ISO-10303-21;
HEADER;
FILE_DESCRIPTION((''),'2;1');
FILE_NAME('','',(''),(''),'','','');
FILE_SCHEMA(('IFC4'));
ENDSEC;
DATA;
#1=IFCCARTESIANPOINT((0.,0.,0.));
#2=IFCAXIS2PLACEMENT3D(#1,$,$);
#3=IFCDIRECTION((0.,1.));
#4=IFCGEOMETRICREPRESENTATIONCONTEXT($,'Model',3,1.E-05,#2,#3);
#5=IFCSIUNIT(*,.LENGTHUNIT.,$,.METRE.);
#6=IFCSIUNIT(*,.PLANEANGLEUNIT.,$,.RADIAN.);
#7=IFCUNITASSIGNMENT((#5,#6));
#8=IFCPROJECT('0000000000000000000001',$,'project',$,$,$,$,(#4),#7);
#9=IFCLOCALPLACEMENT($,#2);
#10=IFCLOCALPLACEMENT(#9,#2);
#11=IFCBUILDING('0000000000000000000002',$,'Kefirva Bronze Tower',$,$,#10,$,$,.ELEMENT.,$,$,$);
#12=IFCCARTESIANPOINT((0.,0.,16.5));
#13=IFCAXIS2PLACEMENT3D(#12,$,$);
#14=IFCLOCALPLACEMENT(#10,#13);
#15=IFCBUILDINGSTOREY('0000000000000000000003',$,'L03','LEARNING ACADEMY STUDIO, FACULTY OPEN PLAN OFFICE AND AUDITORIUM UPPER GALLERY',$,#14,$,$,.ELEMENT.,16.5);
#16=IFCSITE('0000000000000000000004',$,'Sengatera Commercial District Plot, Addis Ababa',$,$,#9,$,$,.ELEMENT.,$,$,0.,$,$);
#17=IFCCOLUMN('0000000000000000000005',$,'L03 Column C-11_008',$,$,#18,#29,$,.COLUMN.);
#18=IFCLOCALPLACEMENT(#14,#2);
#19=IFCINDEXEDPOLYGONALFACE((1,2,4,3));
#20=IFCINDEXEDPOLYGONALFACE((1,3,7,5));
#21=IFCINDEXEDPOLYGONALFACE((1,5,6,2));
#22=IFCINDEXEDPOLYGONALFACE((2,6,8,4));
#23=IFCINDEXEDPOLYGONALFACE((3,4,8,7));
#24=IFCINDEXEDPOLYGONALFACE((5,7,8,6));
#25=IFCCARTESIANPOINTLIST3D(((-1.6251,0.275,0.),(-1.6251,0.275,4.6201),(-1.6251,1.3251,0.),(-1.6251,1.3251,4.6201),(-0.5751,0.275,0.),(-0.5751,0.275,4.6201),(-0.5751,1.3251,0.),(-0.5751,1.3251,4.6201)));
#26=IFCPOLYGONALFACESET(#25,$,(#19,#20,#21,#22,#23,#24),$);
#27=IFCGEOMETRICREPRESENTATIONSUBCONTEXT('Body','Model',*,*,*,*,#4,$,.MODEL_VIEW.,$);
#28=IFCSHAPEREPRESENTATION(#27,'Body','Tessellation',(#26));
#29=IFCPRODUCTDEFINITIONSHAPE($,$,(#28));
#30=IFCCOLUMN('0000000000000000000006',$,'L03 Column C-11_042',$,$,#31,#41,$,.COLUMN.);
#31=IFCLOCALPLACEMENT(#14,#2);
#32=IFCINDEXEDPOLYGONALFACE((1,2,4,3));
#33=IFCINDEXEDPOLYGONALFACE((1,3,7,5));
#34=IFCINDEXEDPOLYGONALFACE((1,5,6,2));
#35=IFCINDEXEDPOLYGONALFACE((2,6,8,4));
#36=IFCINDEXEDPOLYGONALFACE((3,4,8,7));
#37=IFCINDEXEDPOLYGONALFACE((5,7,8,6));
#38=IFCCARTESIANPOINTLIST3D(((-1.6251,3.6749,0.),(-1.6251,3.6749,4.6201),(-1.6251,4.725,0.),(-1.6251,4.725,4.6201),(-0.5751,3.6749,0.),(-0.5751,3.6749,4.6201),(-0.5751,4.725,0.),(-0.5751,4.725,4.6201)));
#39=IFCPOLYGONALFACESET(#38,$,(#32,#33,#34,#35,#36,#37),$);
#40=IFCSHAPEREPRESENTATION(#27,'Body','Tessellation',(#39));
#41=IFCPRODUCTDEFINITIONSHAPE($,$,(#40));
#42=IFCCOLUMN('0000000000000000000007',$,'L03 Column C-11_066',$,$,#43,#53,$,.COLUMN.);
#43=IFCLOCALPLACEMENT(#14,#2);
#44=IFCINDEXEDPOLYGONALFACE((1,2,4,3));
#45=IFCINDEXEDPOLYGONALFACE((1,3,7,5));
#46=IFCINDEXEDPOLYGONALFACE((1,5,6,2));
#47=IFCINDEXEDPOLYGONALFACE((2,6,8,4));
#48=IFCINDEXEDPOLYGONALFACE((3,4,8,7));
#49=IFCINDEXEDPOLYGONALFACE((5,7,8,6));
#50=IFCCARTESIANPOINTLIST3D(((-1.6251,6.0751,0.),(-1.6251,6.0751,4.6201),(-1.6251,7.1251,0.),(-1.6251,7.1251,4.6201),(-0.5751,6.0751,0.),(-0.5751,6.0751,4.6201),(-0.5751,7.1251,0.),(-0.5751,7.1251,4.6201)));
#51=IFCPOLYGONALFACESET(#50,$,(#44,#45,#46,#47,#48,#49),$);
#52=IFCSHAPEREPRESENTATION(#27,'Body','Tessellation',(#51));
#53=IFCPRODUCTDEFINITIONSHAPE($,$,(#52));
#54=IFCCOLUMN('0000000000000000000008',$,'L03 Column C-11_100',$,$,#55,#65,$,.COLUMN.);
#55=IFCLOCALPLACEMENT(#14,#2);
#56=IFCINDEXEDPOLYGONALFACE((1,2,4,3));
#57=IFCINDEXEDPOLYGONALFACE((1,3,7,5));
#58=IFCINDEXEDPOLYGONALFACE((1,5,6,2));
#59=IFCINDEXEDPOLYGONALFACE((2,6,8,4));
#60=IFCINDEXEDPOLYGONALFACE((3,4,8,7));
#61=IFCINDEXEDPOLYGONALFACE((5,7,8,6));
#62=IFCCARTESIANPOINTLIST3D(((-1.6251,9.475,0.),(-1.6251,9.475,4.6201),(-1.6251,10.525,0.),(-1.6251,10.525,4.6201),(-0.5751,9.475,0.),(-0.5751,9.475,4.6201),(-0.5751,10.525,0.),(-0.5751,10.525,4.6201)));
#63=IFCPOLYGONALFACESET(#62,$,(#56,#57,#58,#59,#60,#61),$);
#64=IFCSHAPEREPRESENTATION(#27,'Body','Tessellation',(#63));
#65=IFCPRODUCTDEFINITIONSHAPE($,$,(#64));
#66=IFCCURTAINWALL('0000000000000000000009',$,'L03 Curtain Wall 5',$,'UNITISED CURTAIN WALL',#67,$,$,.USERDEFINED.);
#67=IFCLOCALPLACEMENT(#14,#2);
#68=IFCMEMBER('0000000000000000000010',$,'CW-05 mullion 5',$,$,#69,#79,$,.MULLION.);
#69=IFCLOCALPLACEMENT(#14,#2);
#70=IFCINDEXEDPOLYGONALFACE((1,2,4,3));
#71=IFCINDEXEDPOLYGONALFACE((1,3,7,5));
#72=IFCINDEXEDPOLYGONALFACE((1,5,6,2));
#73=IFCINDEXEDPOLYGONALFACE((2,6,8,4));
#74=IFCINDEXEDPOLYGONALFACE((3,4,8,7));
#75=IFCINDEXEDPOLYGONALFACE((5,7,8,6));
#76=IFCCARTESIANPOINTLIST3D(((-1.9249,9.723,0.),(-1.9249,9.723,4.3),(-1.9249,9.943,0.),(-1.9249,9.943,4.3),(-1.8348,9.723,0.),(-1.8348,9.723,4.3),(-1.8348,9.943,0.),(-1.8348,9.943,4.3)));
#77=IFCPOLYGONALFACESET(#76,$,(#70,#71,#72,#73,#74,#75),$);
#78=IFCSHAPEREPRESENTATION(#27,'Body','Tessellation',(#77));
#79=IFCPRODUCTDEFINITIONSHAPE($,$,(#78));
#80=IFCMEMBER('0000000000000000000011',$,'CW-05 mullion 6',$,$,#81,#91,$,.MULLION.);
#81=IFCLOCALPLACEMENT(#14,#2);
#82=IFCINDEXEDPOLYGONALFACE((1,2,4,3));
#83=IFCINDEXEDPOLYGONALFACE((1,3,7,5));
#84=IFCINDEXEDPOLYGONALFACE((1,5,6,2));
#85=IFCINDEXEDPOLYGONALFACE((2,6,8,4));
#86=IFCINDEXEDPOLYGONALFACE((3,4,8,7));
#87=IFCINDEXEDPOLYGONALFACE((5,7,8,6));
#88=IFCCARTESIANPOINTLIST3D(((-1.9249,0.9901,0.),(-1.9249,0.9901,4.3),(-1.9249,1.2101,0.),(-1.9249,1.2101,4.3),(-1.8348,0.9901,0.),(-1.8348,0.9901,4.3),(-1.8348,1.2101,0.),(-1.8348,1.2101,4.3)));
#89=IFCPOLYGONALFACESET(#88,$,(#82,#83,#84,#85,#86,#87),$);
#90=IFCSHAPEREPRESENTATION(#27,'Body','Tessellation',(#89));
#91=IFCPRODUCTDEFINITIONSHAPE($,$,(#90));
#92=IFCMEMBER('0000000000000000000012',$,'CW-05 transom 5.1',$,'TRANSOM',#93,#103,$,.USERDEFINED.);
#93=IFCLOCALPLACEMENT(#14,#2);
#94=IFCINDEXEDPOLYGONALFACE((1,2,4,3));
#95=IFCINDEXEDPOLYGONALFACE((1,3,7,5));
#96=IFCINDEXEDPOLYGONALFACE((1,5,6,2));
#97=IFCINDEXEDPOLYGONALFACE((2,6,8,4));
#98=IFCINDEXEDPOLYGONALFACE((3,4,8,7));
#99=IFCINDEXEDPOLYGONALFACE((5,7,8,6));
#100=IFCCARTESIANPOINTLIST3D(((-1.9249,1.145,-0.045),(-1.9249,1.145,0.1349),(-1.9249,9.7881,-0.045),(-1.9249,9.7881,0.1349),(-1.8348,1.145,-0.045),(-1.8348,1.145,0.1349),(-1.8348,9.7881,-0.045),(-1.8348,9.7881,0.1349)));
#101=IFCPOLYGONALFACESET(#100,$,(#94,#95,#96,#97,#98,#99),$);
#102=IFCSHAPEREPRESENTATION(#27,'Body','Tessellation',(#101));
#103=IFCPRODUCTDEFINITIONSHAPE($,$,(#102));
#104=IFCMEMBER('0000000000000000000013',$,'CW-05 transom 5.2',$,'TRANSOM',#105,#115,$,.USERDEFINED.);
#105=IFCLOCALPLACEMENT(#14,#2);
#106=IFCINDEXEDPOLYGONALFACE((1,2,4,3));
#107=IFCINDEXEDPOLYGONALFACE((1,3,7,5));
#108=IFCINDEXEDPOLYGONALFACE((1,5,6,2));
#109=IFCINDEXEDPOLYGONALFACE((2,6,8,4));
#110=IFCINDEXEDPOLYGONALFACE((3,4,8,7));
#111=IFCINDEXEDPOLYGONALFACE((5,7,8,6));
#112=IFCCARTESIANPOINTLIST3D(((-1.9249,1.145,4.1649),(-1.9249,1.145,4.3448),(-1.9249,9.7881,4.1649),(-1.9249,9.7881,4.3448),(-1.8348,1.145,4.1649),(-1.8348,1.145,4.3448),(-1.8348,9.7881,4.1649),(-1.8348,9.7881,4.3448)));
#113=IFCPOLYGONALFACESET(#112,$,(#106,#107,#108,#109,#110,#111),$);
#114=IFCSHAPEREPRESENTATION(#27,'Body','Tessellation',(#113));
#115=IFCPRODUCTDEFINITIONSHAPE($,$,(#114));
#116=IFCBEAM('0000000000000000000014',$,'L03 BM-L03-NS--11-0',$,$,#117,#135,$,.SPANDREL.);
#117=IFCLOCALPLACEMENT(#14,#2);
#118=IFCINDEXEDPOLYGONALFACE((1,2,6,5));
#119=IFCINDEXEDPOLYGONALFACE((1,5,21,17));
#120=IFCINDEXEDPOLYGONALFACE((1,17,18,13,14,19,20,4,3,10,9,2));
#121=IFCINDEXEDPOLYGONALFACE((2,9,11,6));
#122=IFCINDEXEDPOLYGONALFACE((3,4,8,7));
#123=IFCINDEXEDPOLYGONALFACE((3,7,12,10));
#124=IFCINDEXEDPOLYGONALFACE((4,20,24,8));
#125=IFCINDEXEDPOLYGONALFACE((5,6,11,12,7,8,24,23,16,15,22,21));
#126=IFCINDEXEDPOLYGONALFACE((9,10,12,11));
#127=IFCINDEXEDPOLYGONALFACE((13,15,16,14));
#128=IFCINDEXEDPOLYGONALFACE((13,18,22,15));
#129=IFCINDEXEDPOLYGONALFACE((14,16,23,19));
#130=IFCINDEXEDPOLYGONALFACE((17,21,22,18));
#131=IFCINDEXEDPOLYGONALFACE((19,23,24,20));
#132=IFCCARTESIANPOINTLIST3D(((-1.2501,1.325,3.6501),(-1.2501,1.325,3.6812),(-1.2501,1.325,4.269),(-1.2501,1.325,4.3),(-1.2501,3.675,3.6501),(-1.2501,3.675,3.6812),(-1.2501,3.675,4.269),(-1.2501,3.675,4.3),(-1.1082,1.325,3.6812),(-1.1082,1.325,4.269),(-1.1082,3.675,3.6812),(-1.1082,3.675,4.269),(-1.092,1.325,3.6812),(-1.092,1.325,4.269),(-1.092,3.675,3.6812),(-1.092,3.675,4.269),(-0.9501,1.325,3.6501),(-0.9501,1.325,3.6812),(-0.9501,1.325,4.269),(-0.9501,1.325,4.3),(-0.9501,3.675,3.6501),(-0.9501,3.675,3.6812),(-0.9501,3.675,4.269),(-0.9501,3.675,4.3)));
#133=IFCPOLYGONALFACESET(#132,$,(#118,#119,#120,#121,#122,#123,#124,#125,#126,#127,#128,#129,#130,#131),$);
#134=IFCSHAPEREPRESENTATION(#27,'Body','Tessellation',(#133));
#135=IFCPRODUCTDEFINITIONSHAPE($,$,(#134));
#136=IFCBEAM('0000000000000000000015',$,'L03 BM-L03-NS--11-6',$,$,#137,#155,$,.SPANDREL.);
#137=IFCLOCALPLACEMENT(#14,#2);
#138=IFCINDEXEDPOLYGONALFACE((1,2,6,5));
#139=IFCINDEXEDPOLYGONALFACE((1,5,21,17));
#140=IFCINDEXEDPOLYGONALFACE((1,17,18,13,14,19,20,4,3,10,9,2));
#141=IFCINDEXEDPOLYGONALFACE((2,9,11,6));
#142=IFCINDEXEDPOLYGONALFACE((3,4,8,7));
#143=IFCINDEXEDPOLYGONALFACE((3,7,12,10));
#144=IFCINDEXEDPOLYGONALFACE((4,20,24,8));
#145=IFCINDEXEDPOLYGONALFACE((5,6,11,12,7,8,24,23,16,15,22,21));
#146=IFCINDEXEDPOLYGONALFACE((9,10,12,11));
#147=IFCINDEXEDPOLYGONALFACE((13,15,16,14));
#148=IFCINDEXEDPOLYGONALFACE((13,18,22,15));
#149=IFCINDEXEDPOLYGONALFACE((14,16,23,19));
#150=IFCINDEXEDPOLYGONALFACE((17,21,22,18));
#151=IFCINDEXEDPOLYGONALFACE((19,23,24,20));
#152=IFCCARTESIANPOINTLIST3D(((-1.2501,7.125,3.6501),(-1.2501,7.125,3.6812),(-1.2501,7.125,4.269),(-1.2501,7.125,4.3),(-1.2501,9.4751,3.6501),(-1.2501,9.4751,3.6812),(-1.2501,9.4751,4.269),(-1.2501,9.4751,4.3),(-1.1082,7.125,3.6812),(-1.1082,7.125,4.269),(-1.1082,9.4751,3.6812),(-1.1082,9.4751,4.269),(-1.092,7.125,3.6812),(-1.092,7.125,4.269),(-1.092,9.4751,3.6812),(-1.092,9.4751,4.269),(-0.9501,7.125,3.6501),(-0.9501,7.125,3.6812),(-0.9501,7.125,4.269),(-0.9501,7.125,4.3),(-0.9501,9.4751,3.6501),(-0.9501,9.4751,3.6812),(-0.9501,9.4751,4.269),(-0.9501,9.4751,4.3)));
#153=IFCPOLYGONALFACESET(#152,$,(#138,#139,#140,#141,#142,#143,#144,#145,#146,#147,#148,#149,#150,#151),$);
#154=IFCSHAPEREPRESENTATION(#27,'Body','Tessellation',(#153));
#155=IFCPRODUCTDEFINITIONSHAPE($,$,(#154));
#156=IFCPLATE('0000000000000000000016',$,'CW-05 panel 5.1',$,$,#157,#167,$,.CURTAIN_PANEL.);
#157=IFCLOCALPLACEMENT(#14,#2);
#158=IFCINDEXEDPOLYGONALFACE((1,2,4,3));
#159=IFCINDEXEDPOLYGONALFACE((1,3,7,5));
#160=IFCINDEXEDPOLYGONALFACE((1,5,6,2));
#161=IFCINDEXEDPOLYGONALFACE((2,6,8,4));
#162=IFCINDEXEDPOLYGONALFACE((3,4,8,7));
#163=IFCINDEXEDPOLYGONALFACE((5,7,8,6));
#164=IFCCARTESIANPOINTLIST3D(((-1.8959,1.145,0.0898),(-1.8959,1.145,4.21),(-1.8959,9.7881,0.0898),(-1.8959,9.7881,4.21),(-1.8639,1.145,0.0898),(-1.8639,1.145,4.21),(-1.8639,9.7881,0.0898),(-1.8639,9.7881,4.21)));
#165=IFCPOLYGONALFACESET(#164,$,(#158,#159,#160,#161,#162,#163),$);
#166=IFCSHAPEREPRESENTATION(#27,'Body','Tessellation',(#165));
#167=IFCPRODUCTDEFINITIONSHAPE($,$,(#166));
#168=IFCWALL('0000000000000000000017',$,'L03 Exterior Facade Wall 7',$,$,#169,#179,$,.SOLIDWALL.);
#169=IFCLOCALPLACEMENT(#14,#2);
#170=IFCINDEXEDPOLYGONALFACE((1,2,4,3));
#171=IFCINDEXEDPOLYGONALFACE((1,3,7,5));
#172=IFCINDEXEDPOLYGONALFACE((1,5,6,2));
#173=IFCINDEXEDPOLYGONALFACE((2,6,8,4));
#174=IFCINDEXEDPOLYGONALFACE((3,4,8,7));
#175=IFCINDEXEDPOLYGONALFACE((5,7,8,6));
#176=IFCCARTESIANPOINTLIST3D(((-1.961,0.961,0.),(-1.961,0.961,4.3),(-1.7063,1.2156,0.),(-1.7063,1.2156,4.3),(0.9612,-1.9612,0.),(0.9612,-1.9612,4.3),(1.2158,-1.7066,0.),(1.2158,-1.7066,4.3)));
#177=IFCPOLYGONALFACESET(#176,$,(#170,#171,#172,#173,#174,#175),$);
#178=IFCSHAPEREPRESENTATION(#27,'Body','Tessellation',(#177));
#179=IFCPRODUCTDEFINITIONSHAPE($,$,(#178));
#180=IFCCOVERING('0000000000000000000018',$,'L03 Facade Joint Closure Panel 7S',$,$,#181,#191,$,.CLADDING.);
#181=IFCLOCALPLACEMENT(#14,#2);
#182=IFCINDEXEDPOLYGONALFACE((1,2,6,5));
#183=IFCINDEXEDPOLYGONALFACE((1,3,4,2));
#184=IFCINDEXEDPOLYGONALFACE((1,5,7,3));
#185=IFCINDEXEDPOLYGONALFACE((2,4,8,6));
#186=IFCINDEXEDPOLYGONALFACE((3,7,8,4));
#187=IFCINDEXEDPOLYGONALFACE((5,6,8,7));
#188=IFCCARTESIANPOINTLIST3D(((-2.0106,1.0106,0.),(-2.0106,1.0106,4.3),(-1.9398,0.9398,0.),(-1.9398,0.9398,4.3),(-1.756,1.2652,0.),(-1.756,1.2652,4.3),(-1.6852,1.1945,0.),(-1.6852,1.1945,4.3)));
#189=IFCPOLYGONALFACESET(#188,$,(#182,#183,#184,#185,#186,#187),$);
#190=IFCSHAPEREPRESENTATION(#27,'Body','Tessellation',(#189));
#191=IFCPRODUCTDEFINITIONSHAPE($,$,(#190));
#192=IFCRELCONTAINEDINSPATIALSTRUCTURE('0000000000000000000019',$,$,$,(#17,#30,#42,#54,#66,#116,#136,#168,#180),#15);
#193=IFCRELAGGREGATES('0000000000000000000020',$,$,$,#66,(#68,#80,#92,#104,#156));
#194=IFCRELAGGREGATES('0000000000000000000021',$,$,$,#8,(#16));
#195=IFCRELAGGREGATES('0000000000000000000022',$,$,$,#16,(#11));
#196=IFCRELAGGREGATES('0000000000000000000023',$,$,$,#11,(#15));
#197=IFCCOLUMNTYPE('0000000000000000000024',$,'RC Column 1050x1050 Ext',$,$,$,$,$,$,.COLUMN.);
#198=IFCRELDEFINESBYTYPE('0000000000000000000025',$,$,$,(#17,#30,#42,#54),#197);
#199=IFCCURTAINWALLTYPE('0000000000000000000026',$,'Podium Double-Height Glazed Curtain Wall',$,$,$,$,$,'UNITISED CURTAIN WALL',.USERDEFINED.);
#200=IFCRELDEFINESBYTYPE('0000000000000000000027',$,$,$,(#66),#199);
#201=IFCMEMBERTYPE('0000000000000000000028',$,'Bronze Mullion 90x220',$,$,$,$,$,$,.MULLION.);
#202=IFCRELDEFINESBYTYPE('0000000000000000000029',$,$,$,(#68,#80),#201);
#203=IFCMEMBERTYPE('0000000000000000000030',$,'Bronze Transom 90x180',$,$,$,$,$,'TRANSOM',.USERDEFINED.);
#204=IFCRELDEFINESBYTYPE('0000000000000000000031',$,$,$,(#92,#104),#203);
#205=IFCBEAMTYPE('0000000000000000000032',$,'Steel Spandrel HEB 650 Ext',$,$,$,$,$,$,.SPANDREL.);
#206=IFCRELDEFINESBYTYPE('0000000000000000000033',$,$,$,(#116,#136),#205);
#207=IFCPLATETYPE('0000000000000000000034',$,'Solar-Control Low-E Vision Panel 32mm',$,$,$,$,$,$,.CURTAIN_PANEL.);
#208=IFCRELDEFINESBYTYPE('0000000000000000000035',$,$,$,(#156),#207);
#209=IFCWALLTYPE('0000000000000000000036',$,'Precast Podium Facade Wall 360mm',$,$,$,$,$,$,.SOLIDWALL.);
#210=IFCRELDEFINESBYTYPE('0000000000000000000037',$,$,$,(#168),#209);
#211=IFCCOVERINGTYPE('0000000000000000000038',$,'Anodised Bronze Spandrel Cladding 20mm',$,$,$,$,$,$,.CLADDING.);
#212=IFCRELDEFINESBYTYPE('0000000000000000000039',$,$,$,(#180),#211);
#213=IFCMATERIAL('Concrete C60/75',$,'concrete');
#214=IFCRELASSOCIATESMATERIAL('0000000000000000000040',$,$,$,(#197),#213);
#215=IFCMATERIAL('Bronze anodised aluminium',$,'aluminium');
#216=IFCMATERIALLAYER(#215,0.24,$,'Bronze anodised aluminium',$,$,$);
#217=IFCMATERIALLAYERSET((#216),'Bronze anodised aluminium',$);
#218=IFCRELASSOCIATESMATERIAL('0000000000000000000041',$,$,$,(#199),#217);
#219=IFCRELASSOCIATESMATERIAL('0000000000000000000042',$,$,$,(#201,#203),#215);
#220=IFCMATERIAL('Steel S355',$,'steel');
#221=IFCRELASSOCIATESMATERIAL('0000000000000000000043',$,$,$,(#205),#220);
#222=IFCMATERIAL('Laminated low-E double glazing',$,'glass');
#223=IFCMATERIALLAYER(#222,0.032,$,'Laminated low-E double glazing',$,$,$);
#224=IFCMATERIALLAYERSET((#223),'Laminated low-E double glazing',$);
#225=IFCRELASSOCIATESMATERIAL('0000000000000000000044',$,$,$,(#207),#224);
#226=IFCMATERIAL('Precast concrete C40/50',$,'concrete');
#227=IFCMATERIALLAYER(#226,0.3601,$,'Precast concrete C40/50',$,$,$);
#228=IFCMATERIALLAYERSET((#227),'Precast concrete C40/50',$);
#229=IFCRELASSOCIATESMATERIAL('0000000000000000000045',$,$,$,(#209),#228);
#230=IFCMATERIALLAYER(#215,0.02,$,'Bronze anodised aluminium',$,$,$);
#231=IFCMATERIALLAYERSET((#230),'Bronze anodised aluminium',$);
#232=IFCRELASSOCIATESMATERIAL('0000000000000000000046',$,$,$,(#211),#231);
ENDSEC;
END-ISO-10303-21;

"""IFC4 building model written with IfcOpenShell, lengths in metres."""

from ifc_helpers import new_model, si_unit, direction, frame, frame_2d, origin, origin_2d, place, context, subcontext, project, spatial, rectangle, i_section, extrude, material, layer, layer_set, material_profile, profile_set, type_object, element, aggregate, save


model = new_model("IFC4")

# Units and contexts
model_context = context("Model", 3, precision=1e-05, world=origin(), true_north=direction((0.0, 1.0)))
body_context = subcontext(model_context, "Body", "Model", "MODEL_VIEW")
ifc_project = project(units=[si_unit("LENGTHUNIT", "METRE"), si_unit("PLANEANGLEUNIT", "RADIAN")], contexts=[model_context])

# Site, building, storey
site_placement = place(None, origin())
site = spatial("IfcSite", under=ifc_project, at=site_placement, Name="Sengatera Commercial District Plot, Addis Ababa", CompositionType="ELEMENT", RefElevation=0.0)
building_placement = place(site_placement, origin())
building = spatial("IfcBuilding", under=site, at=building_placement, Name="Kefirva Bronze Tower", CompositionType="ELEMENT")
storey_placement = place(building_placement, frame((0.0, 0.0, 16.5)))
storey = spatial("IfcBuildingStorey", under=building, at=storey_placement, Name="L03", Description="LEARNING ACADEMY STUDIO, FACULTY OPEN PLAN OFFICE AND AUDITORIUM UPPER GALLERY", CompositionType="ELEMENT", Elevation=16.5)

# Columns
ifc_material_1 = material(Name="Concrete C60/75", Category="concrete")
ifc_material_profile_1 = material_profile(ifc_material_1, rectangle(XDim=1.05, YDim=1.05, at=origin_2d()), Name="RC 1050x1050")
ifc_profile_set_1 = profile_set([ifc_material_profile_1], Name="Concrete C60/75")
column_type = type_object("IfcColumnType", Name="RC Column 1050x1050 Ext", PredefinedType="COLUMN", material=ifc_profile_set_1)
for number, where, z_axis, x_axis, name in (
    (1, (-1.1001, 0.8, 0.0), (0.0, 0.0, 1.0), (1.0, 0.0, 0.0), "L03 Column C-11_008"),
    (2, (-1.1001, 4.2, 0.0), (0.0, 0.0, 1.0), (1.0, 0.0, 0.0), "L03 Column C-11_042"),
    (3, (-1.1001, 6.6001, 0.0), (0.0, 0.0, 1.0), (1.0, 0.0, 0.0), "L03 Column C-11_066"),
    (4, (-1.1001, 10.0, 0.0), (0.0, 0.0, 1.0), (1.0, 0.0, 0.0), "L03 Column C-11_100"),
):
    element("IfcColumn", number, at=place(storey_placement, frame(where, z_axis=z_axis, x_axis=x_axis)), inside=storey, type_object=column_type, Name=name, PredefinedType="COLUMN", context=body_context, shape_type="SweptSolid", body=[
        extrude(rectangle(XDim=1.05, YDim=1.05, at=origin_2d()), origin(), (0.0, 0.0, 1.0), 4.6201),
    ])

# Curtain wall, members
ifc_material_2 = material(Name="Bronze anodised aluminium", Category="aluminium")
ifc_layer_1 = layer(ifc_material_2, 0.24, Name="Bronze anodised aluminium")
ifc_layer_set_1 = layer_set([ifc_layer_1], Name="Bronze anodised aluminium")
curtain_wall_type = type_object("IfcCurtainWallType", Name="Podium Double-Height Glazed Curtain Wall", ElementType="UNITISED CURTAIN WALL", PredefinedType="USERDEFINED", material=ifc_layer_set_1)
curtain_wall_placement = place(storey_placement, origin())
curtain_wall = element("IfcCurtainWall", 5, at=curtain_wall_placement, inside=storey, type_object=curtain_wall_type, Name="L03 Curtain Wall 5", ObjectType="UNITISED CURTAIN WALL", PredefinedType="USERDEFINED")
ifc_material_profile_2 = material_profile(ifc_material_2, rectangle(XDim=0.0901, YDim=0.22, at=origin_2d()), Name="ALU 90x220")
ifc_profile_set_2 = profile_set([ifc_material_profile_2], Name="Bronze anodised aluminium")
member_type_1 = type_object("IfcMemberType", Name="Bronze Mullion 90x220", PredefinedType="MULLION", material=ifc_profile_set_2)
member_1_placement = place(storey_placement, frame((-1.8799, 9.833, 0.0), z_axis=(0.0, 0.0, 1.0), x_axis=(1.0, 0.0, 0.0)))
member_1 = element("IfcMember", 6, at=member_1_placement, type_object=member_type_1, Name="CW-05 mullion 5", PredefinedType="MULLION", context=body_context, shape_type="SweptSolid", body=[
    extrude(rectangle(XDim=0.0901, YDim=0.22, at=origin_2d()), origin(), (0.0, 0.0, 1.0), 4.3),
])
member_2_placement = place(storey_placement, frame((-1.8799, 1.1001, 0.0), z_axis=(0.0, 0.0, 1.0), x_axis=(1.0, 0.0, 0.0)))
member_2 = element("IfcMember", 7, at=member_2_placement, type_object=member_type_1, Name="CW-05 mullion 6", PredefinedType="MULLION", context=body_context, shape_type="SweptSolid", body=[
    extrude(rectangle(XDim=0.0901, YDim=0.22, at=origin_2d()), origin(), (0.0, 0.0, 1.0), 4.3),
])
ifc_material_profile_3 = material_profile(ifc_material_2, rectangle(XDim=0.0901, YDim=0.1799, at=origin_2d()), Name="ALU 90x180")
ifc_profile_set_3 = profile_set([ifc_material_profile_3], Name="Bronze anodised aluminium")
member_type_2 = type_object("IfcMemberType", Name="Bronze Transom 90x180", ElementType="TRANSOM", PredefinedType="USERDEFINED", material=ifc_profile_set_3)
member_3_placement = place(storey_placement, frame((-1.8799, 9.7881, 0.0449), z_axis=(0.0, -1.0, 0.0), x_axis=(1.0, 0.0, 0.0)))
member_3 = element("IfcMember", 8, at=member_3_placement, type_object=member_type_2, Name="CW-05 transom 5.1", ObjectType="TRANSOM", PredefinedType="USERDEFINED", context=body_context, shape_type="SweptSolid", body=[
    extrude(rectangle(XDim=0.0901, YDim=0.1799, at=origin_2d()), origin(), (0.0, 0.0, 1.0), 8.6431),
])
member_4_placement = place(storey_placement, frame((-1.8799, 9.7881, 4.2549), z_axis=(0.0, -1.0, 0.0), x_axis=(1.0, 0.0, 0.0)))
member_4 = element("IfcMember", 9, at=member_4_placement, type_object=member_type_2, Name="CW-05 transom 5.2", ObjectType="TRANSOM", PredefinedType="USERDEFINED", context=body_context, shape_type="SweptSolid", body=[
    extrude(rectangle(XDim=0.0901, YDim=0.1799, at=origin_2d()), origin(), (0.0, 0.0, 1.0), 8.6431),
])

# Beams
ifc_material_3 = material(Name="Steel S355", Category="steel")
ifc_material_profile_4 = material_profile(ifc_material_3, i_section(OverallWidth=0.3, OverallDepth=0.6499, WebThickness=0.0161, FlangeThickness=0.031, at=origin_2d()), Name="HEB 650")
ifc_profile_set_4 = profile_set([ifc_material_profile_4], Name="Steel S355")
beam_type = type_object("IfcBeamType", Name="Steel Spandrel HEB 650 Ext", PredefinedType="SPANDREL", material=ifc_profile_set_4)
for number, where, z_axis, x_axis, name in (
    (10, (-1.1001, 1.325, 3.9751), (0.0, 1.0, 0.0), (-1.0, 0.0, 0.0), "L03 BM-L03-NS--11-0"),
    (11, (-1.1001, 7.125, 3.9751), (0.0, 1.0, 0.0), (-1.0, 0.0, 0.0), "L03 BM-L03-NS--11-6"),
):
    element("IfcBeam", number, at=place(storey_placement, frame(where, z_axis=z_axis, x_axis=x_axis)), inside=storey, type_object=beam_type, Name=name, PredefinedType="SPANDREL", context=body_context, shape_type="SweptSolid", body=[
        extrude(i_section(OverallWidth=0.3, OverallDepth=0.6499, WebThickness=0.0161, FlangeThickness=0.031, at=origin_2d()), origin(), (0.0, 0.0, 1.0), 2.3501),
    ])

# Plate
ifc_material_4 = material(Name="Laminated low-E double glazing", Category="glass")
ifc_layer_2 = layer(ifc_material_4, 0.032, Name="Laminated low-E double glazing")
ifc_layer_set_2 = layer_set([ifc_layer_2], Name="Laminated low-E double glazing")
plate_type = type_object("IfcPlateType", Name="Solar-Control Low-E Vision Panel 32mm", PredefinedType="CURTAIN_PANEL", material=ifc_layer_set_2)
plate_placement = place(storey_placement, frame((-1.8799, 5.4666, 0.0898), z_axis=(0.0, 0.0, 1.0), x_axis=(0.0, -1.0, 0.0)))
plate = element("IfcPlate", 12, at=plate_placement, type_object=plate_type, Name="CW-05 panel 5.1", PredefinedType="CURTAIN_PANEL", context=body_context, shape_type="SweptSolid", body=[
    extrude(rectangle(XDim=8.6431, YDim=0.032, at=origin_2d()), origin(), (0.0, 0.0, 1.0), 4.1201),
])
aggregate(curtain_wall, [member_1, member_2, member_3, member_4, plate])

# Wall
ifc_material_5 = material(Name="Precast concrete C40/50", Category="concrete")
ifc_layer_3 = layer(ifc_material_5, 0.3601, Name="Precast concrete C40/50")
ifc_layer_set_3 = layer_set([ifc_layer_3], Name="Precast concrete C40/50")
wall_type = type_object("IfcWallType", Name="Precast Podium Facade Wall 360mm", PredefinedType="SOLIDWALL", material=ifc_layer_set_3)
wall_placement = place(storey_placement, frame((-1.8337, 1.0884, 0.0), z_axis=(0.0, 0.0, 1.0), x_axis=(0.707107, -0.707107, 0.0)))
element("IfcWall", 13, at=wall_placement, inside=storey, type_object=wall_type, Name="L03 Exterior Facade Wall 7", PredefinedType="SOLIDWALL", context=body_context, shape_type="SweptSolid", body=[
    extrude(rectangle(XDim=4.1326, YDim=0.3601, at=frame_2d((2.0664, 0.0))), origin(), (0.0, 0.0, 1.0), 4.3),
])

# Covering
ifc_layer_4 = layer(ifc_material_2, 0.02, Name="Bronze anodised aluminium")
ifc_layer_set_4 = layer_set([ifc_layer_4], Name="Bronze anodised aluminium")
covering_type_1 = type_object("IfcCoveringType", Name="Anodised Bronze Spandrel Cladding 20mm", PredefinedType="CLADDING", material=ifc_layer_set_4)
covering_1_placement = place(storey_placement, frame((-1.8479, 1.1025, 0.0), z_axis=(0.0, 0.0, 1.0), x_axis=(0.707107, -0.707107, 0.0)))
element("IfcCovering", 14, at=covering_1_placement, inside=storey, type_object=covering_type_1, Name="L03 Facade Joint Closure Panel 7S", PredefinedType="CLADDING", context=body_context, shape_type="SweptSolid", body=[
    extrude(rectangle(XDim=0.1001, YDim=0.3601, at=origin_2d()), origin(), (0.0, 0.0, 1.0), 4.3),
])

save(model, "model.ifc")
